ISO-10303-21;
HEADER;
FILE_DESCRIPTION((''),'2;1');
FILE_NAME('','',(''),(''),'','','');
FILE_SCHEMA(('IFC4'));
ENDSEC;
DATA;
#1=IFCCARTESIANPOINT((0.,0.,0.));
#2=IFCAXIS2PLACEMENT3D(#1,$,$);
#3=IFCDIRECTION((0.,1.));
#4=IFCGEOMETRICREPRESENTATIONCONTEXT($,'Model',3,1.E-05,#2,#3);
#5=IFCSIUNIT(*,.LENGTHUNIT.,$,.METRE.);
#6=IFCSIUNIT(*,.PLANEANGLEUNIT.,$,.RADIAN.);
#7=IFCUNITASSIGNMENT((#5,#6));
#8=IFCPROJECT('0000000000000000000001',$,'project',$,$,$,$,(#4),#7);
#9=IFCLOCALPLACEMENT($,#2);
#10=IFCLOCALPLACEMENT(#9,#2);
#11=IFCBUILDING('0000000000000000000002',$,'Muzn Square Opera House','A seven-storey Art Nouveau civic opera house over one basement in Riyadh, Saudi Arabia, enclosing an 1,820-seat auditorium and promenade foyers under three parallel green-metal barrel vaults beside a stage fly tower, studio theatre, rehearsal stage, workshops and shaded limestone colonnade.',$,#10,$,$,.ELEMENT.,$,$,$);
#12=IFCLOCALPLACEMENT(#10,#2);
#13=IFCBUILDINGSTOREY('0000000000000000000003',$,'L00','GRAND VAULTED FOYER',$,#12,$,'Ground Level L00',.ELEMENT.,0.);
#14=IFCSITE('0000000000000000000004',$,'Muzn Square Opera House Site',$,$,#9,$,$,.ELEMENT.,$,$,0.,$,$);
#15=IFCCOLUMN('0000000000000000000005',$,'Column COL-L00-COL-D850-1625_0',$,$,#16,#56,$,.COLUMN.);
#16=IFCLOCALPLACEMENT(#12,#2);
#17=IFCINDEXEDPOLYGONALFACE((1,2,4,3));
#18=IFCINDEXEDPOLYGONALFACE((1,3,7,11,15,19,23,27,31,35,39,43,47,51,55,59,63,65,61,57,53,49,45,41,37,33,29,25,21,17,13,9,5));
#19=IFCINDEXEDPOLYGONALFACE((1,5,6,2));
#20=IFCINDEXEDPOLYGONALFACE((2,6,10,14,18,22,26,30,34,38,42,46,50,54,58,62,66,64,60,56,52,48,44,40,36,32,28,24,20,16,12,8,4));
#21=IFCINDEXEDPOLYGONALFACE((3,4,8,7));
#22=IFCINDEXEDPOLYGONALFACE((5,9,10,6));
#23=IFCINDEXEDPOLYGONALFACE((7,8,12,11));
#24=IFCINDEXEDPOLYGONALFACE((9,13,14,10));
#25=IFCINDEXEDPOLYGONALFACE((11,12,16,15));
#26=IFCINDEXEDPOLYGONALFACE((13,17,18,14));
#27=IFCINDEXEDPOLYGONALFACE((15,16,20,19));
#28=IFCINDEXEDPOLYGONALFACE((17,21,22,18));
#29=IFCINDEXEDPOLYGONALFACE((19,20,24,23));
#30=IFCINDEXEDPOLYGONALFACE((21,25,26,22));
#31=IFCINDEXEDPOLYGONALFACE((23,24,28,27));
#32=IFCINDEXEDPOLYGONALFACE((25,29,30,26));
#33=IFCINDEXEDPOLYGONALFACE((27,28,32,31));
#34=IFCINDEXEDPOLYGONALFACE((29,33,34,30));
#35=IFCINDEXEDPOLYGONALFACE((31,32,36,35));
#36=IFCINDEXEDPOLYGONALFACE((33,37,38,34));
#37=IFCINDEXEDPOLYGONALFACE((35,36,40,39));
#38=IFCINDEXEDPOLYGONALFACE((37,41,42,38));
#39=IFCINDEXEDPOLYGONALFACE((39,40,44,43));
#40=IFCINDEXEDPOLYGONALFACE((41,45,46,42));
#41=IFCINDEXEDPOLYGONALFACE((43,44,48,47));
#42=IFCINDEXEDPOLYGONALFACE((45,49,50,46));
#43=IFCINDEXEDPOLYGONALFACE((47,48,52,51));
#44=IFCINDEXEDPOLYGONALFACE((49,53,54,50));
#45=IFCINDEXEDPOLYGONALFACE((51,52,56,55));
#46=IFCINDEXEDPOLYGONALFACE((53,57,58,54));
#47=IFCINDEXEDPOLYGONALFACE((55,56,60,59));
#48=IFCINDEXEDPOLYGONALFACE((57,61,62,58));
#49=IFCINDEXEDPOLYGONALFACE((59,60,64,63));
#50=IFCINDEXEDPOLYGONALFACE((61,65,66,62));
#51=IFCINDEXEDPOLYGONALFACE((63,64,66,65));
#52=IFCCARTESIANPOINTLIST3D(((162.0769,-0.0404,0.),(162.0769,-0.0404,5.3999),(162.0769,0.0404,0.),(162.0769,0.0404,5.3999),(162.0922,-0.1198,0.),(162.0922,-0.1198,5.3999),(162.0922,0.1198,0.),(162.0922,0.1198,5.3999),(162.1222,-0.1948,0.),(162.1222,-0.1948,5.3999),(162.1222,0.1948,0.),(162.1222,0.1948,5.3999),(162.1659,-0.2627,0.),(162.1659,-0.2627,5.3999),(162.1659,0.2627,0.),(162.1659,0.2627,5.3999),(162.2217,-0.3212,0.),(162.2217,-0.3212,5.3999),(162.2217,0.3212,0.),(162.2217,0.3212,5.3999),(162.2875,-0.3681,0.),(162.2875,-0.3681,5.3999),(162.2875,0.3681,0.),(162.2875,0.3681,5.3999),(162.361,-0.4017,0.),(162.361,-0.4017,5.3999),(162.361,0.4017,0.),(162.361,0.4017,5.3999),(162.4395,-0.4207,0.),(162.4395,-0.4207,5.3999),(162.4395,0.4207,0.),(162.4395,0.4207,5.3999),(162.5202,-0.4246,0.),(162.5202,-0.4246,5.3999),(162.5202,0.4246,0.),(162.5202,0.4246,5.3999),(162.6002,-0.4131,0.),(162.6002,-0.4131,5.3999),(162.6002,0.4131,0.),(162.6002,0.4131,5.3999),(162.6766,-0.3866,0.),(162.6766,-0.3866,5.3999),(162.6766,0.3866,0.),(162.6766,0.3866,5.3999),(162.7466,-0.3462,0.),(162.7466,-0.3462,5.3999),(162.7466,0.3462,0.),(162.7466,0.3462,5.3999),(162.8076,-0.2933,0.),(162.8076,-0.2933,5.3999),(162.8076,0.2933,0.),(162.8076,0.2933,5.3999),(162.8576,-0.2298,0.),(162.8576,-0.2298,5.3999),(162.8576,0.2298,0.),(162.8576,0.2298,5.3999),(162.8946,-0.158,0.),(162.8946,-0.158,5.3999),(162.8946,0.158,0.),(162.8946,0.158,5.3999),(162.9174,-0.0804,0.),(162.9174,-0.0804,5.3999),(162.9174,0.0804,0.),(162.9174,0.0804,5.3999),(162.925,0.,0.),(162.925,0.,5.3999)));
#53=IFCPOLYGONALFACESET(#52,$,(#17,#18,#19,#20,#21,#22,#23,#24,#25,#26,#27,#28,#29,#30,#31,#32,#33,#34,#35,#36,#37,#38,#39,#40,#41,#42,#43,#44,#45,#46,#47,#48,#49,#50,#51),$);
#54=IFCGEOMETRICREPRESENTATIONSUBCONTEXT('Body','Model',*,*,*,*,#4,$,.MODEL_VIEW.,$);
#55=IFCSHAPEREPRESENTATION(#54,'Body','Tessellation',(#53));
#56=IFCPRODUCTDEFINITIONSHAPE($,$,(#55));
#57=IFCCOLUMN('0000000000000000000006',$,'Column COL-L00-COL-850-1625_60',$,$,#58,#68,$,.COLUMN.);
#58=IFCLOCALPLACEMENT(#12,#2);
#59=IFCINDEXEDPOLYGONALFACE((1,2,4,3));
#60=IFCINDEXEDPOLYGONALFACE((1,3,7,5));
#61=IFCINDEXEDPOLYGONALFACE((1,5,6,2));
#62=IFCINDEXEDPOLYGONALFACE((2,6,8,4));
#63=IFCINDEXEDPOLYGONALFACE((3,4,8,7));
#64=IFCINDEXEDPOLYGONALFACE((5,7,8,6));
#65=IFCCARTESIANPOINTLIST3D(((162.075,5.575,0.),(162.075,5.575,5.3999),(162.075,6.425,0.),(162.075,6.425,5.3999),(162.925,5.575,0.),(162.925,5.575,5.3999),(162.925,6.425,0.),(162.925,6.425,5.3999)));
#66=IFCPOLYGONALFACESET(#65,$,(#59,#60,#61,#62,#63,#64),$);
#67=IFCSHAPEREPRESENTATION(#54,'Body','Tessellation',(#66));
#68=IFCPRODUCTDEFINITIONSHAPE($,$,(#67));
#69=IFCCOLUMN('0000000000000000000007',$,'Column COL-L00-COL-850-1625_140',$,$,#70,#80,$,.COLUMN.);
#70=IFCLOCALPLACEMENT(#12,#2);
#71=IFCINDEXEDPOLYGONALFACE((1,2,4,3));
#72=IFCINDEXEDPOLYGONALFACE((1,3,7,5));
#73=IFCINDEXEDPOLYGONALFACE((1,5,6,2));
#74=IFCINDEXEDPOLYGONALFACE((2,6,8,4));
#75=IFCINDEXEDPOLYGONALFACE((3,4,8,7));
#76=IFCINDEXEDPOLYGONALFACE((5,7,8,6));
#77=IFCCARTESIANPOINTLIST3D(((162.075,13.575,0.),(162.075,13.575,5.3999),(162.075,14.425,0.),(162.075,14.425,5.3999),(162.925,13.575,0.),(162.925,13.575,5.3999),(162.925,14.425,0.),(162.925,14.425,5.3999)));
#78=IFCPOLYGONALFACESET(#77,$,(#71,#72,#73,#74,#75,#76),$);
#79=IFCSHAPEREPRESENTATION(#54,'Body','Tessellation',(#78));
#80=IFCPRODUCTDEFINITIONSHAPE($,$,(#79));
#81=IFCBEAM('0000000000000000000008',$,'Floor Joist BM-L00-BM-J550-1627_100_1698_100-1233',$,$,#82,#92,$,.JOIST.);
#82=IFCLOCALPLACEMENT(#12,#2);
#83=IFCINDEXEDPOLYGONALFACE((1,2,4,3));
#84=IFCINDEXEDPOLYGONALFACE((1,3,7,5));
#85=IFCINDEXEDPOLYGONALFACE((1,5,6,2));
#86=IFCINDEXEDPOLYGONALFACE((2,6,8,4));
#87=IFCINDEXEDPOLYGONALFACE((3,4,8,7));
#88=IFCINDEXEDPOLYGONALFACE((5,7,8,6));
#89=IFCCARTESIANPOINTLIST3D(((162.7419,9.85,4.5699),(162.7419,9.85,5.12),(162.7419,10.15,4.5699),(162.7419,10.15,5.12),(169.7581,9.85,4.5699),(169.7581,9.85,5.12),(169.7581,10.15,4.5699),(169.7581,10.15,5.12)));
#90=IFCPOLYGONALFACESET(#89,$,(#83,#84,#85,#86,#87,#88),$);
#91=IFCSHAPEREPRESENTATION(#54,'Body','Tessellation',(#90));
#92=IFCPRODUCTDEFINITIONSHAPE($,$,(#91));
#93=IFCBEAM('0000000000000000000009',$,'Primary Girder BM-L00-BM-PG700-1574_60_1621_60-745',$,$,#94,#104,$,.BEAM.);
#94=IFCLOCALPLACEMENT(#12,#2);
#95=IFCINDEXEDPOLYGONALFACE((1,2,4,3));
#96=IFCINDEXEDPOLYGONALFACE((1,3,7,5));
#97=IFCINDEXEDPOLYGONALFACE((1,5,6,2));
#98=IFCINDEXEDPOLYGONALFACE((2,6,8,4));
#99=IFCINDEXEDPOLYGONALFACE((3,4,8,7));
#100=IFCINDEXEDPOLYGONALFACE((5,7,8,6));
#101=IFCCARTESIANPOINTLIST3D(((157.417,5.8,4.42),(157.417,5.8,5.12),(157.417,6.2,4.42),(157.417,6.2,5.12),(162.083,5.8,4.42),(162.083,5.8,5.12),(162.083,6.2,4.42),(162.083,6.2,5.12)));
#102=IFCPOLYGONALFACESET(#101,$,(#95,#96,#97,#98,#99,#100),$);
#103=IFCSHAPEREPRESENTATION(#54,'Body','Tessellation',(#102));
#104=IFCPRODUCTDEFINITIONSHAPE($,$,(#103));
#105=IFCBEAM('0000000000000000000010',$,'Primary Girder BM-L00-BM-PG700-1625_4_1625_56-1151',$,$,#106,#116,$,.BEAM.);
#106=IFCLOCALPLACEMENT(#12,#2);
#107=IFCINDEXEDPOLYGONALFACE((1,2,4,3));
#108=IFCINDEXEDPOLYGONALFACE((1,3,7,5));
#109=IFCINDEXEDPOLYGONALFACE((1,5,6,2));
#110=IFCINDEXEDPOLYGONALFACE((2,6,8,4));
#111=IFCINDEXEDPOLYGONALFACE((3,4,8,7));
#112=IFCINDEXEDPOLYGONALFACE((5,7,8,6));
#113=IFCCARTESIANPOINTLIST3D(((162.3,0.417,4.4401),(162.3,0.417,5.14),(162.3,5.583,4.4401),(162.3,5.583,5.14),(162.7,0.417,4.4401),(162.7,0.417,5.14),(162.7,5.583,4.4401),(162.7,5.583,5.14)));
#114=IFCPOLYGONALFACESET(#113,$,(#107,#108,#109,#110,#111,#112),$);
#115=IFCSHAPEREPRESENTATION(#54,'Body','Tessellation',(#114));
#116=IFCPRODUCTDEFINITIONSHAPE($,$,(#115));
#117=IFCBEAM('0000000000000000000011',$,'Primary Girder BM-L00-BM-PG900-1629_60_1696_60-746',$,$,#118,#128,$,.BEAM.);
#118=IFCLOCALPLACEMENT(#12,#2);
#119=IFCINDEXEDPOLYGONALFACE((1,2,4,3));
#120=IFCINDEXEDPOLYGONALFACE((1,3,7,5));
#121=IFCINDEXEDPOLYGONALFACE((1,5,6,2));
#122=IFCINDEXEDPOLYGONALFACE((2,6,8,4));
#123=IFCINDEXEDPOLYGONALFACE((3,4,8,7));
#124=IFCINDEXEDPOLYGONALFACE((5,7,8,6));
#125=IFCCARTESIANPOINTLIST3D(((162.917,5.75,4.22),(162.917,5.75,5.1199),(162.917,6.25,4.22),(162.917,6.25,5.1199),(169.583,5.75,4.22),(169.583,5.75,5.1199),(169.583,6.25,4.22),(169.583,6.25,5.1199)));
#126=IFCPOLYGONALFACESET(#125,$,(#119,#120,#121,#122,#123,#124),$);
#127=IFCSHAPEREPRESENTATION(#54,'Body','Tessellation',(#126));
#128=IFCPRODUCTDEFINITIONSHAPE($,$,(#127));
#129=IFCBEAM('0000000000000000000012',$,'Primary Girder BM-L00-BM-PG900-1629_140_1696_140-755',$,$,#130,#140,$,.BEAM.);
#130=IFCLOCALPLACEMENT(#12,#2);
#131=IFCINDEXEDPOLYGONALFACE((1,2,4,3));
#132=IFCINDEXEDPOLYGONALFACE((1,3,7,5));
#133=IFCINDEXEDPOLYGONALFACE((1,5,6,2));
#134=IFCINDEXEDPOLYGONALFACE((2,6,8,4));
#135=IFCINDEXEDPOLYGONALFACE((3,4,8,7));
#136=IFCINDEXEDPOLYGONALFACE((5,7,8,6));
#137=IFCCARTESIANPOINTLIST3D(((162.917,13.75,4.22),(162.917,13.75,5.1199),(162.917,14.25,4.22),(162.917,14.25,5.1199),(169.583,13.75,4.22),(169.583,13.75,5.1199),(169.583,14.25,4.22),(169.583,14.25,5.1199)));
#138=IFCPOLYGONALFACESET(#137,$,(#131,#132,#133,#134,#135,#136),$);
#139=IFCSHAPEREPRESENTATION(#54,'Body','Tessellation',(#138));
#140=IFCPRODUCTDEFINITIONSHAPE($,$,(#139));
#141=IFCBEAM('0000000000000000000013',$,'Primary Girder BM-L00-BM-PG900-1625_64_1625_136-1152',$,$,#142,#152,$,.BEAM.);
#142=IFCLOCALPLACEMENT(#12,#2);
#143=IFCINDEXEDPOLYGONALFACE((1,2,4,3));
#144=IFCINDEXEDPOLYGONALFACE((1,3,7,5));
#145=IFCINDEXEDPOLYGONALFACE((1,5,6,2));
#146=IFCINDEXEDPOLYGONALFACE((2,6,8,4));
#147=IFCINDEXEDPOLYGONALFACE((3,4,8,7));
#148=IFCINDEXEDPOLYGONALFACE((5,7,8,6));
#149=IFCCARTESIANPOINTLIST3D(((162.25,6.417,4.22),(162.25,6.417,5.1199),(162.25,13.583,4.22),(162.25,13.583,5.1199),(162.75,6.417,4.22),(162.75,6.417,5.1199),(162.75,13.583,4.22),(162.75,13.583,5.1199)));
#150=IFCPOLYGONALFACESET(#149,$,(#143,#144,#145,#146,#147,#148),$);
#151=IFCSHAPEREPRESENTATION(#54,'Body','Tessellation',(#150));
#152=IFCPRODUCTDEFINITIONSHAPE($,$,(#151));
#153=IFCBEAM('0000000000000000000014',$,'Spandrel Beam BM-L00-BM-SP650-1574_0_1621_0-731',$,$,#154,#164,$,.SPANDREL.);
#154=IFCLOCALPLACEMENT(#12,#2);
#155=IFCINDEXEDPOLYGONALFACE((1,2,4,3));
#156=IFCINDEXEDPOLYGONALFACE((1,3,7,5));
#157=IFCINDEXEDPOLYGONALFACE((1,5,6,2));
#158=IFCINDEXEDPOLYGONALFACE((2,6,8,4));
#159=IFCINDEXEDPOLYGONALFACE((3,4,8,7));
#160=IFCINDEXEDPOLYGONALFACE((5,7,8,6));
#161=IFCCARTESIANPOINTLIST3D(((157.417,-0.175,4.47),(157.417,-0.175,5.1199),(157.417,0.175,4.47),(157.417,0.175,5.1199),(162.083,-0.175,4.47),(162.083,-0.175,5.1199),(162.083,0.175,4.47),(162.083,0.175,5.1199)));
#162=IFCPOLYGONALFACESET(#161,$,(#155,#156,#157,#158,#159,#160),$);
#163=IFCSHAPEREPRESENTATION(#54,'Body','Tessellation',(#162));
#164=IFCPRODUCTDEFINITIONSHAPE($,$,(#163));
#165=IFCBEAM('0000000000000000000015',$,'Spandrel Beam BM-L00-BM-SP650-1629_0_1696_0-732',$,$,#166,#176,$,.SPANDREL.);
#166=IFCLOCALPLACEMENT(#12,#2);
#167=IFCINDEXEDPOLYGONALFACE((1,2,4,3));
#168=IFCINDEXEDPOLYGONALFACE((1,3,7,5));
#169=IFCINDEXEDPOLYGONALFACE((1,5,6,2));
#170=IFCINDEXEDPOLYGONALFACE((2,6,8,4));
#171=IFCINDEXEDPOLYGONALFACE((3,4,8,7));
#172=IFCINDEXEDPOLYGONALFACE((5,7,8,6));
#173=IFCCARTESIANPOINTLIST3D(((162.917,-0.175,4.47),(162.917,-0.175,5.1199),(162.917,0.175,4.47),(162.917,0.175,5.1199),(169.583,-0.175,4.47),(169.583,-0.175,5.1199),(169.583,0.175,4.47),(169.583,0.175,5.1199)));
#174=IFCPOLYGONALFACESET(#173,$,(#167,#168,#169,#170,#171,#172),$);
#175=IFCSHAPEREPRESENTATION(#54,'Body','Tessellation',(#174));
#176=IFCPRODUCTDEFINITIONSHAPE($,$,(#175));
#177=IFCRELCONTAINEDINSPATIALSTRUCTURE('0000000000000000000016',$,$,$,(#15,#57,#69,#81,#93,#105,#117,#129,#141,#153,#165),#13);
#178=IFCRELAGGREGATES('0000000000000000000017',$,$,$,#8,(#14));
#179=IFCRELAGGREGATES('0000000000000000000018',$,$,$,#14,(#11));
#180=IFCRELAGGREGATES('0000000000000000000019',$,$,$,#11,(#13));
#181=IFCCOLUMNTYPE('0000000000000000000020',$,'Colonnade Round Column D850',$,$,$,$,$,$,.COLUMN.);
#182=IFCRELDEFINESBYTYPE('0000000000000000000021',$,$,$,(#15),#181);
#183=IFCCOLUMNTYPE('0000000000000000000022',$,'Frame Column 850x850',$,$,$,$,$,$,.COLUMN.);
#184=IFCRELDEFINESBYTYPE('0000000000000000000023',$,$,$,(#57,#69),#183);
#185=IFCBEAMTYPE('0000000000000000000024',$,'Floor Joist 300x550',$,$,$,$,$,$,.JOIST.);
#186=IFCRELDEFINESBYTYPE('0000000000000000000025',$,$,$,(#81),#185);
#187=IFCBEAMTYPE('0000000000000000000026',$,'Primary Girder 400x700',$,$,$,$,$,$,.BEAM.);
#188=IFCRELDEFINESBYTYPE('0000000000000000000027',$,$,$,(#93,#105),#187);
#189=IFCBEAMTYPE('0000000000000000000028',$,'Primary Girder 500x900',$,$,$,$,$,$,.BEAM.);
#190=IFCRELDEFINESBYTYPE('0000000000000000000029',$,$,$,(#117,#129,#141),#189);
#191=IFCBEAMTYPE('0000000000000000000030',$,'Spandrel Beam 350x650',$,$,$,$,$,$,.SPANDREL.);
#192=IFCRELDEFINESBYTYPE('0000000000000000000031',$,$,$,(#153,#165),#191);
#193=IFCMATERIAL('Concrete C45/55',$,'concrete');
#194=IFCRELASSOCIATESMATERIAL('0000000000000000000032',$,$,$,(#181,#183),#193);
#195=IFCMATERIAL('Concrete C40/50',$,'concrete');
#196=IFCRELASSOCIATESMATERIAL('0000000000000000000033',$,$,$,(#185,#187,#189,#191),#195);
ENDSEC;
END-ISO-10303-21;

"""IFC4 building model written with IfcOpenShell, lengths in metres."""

from ifc_helpers import new_model, si_unit, direction, frame, origin, origin_2d, place, context, subcontext, project, spatial, rectangle, circle, extrude, material, material_profile, profile_set, type_object, element, save


model = new_model("IFC4")

# Units and contexts
model_context = context("Model", 3, precision=1e-05, world=origin(), true_north=direction((0.0, 1.0)))
body_context = subcontext(model_context, "Body", "Model", "MODEL_VIEW")
ifc_project = project(units=[si_unit("LENGTHUNIT", "METRE"), si_unit("PLANEANGLEUNIT", "RADIAN")], contexts=[model_context])

# Site, building, storey
site_placement = place(None, origin())
site = spatial("IfcSite", under=ifc_project, at=site_placement, Name="Muzn Square Opera House Site", CompositionType="ELEMENT", RefElevation=0.0)
building_placement = place(site_placement, origin())
building = spatial("IfcBuilding", under=site, at=building_placement, Name="Muzn Square Opera House", Description="A seven-storey Art Nouveau civic opera house over one basement in Riyadh, Saudi Arabia, enclosing an 1,820-seat auditorium and promenade foyers under three parallel green-metal barrel vaults beside a stage fly tower, studio theatre, rehearsal stage, workshops and shaded limestone colonnade.", CompositionType="ELEMENT")
storey_placement = place(building_placement, origin())
storey = spatial("IfcBuildingStorey", under=building, at=storey_placement, Name="L00", Description="GRAND VAULTED FOYER", LongName="Ground Level L00", CompositionType="ELEMENT", Elevation=0.0)

# Columns
ifc_material_1 = material(Name="Concrete C45/55", Category="concrete")
ifc_material_profile_1 = material_profile(ifc_material_1, circle(Radius=0.425, at=origin_2d()), Name="RCC D850", Category="concrete")
ifc_profile_set_1 = profile_set([ifc_material_profile_1], Name="Concrete C45/55")
column_type_1 = type_object("IfcColumnType", Name="Colonnade Round Column D850", PredefinedType="COLUMN", material=ifc_profile_set_1)
column_placement = place(storey_placement, frame((162.5, 0.0, 0.0), z_axis=(0.0, 0.0, 1.0), x_axis=(1.0, 0.0, 0.0)))
element("IfcColumn", 1, at=column_placement, inside=storey, type_object=column_type_1, Name="Column COL-L00-COL-D850-1625_0", PredefinedType="COLUMN", context=body_context, shape_type="SweptSolid", body=[
    extrude(circle(Radius=0.425, at=origin_2d()), origin(), (0.0, 0.0, 1.0), 5.3999),
])
ifc_material_profile_2 = material_profile(ifc_material_1, rectangle(XDim=0.8501, YDim=0.8501, at=origin_2d()), Name="RC 850x850", Category="concrete")
ifc_profile_set_2 = profile_set([ifc_material_profile_2], Name="Concrete C45/55")
column_type_2 = type_object("IfcColumnType", Name="Frame Column 850x850", PredefinedType="COLUMN", material=ifc_profile_set_2)
for number, where, z_axis, x_axis, name in (
    (2, (162.5, 6.0, 0.0), (0.0, 0.0, 1.0), (1.0, 0.0, 0.0), "Column COL-L00-COL-850-1625_60"),
    (3, (162.5, 14.0, 0.0), (0.0, 0.0, 1.0), (1.0, 0.0, 0.0), "Column COL-L00-COL-850-1625_140"),
):
    element("IfcColumn", number, at=place(storey_placement, frame(where, z_axis=z_axis, x_axis=x_axis)), inside=storey, type_object=column_type_2, Name=name, PredefinedType="COLUMN", context=body_context, shape_type="SweptSolid", body=[
        extrude(rectangle(XDim=0.8501, YDim=0.8501, at=origin_2d()), origin(), (0.0, 0.0, 1.0), 5.3999),
    ])

# Beams
ifc_material_2 = material(Name="Concrete C40/50", Category="concrete")
ifc_material_profile_3 = material_profile(ifc_material_2, rectangle(XDim=0.3, YDim=0.55, at=origin_2d()), Name="RCJ 300x550", Category="concrete")
ifc_profile_set_3 = profile_set([ifc_material_profile_3], Name="Concrete C40/50")
beam_type_1 = type_object("IfcBeamType", Name="Floor Joist 300x550", PredefinedType="JOIST", material=ifc_profile_set_3)
beam_1_placement = place(storey_placement, frame((162.7419, 10.0, 4.845), z_axis=(1.0, 0.0, 0.0), x_axis=(0.0, 1.0, 0.0)))
element("IfcBeam", 4, at=beam_1_placement, inside=storey, type_object=beam_type_1, Name="Floor Joist BM-L00-BM-J550-1627_100_1698_100-1233", PredefinedType="JOIST", context=body_context, shape_type="SweptSolid", body=[
    extrude(rectangle(XDim=0.3, YDim=0.55, at=origin_2d()), origin(), (0.0, 0.0, 1.0), 7.0161),
])
ifc_material_profile_4 = material_profile(ifc_material_2, rectangle(XDim=0.3999, YDim=0.7, at=origin_2d()), Name="RCB 400x700", Category="concrete")
ifc_profile_set_4 = profile_set([ifc_material_profile_4], Name="Concrete C40/50")
beam_type_2 = type_object("IfcBeamType", Name="Primary Girder 400x700", PredefinedType="BEAM", material=ifc_profile_set_4)
beam_2_placement = place(storey_placement, frame((157.417, 6.0, 4.77), z_axis=(1.0, 0.0, 0.0), x_axis=(0.0, 1.0, 0.0)))
element("IfcBeam", 5, at=beam_2_placement, inside=storey, type_object=beam_type_2, Name="Primary Girder BM-L00-BM-PG700-1574_60_1621_60-745", PredefinedType="BEAM", context=body_context, shape_type="SweptSolid", body=[
    extrude(rectangle(XDim=0.3999, YDim=0.7, at=origin_2d()), origin(), (0.0, 0.0, 1.0), 4.666),
])
beam_3_placement = place(storey_placement, frame((162.5, 0.417, 4.79), z_axis=(0.0, 1.0, 0.0), x_axis=(-1.0, 0.0, 0.0)))
element("IfcBeam", 6, at=beam_3_placement, inside=storey, type_object=beam_type_2, Name="Primary Girder BM-L00-BM-PG700-1625_4_1625_56-1151", PredefinedType="BEAM", context=body_context, shape_type="SweptSolid", body=[
    extrude(rectangle(XDim=0.3999, YDim=0.7, at=origin_2d()), origin(), (0.0, 0.0, 1.0), 5.166),
])
ifc_material_profile_5 = material_profile(ifc_material_2, rectangle(XDim=0.5, YDim=0.8999, at=origin_2d()), Name="RCB 500x900", Category="concrete")
ifc_profile_set_5 = profile_set([ifc_material_profile_5], Name="Concrete C40/50")
beam_type_3 = type_object("IfcBeamType", Name="Primary Girder 500x900", PredefinedType="BEAM", material=ifc_profile_set_5)
for number, where, z_axis, x_axis, name in (
    (7, (162.917, 6.0, 4.6699), (1.0, 0.0, 0.0), (0.0, 1.0, 0.0), "Primary Girder BM-L00-BM-PG900-1629_60_1696_60-746"),
    (8, (162.917, 14.0, 4.6699), (1.0, 0.0, 0.0), (0.0, 1.0, 0.0), "Primary Girder BM-L00-BM-PG900-1629_140_1696_140-755"),
):
    element("IfcBeam", number, at=place(storey_placement, frame(where, z_axis=z_axis, x_axis=x_axis)), inside=storey, type_object=beam_type_3, Name=name, PredefinedType="BEAM", context=body_context, shape_type="SweptSolid", body=[
        extrude(rectangle(XDim=0.5, YDim=0.8999, at=origin_2d()), origin(), (0.0, 0.0, 1.0), 6.666),
    ])
beam_4_placement = place(storey_placement, frame((162.5, 6.417, 4.6699), z_axis=(0.0, 1.0, 0.0), x_axis=(-1.0, 0.0, 0.0)))
element("IfcBeam", 9, at=beam_4_placement, inside=storey, type_object=beam_type_3, Name="Primary Girder BM-L00-BM-PG900-1625_64_1625_136-1152", PredefinedType="BEAM", context=body_context, shape_type="SweptSolid", body=[
    extrude(rectangle(XDim=0.5, YDim=0.8999, at=origin_2d()), origin(), (0.0, 0.0, 1.0), 7.166),
])
ifc_material_profile_6 = material_profile(ifc_material_2, rectangle(XDim=0.3501, YDim=0.6499, at=origin_2d()), Name="RCS 350x650", Category="concrete")
ifc_profile_set_6 = profile_set([ifc_material_profile_6], Name="Concrete C40/50")
beam_type_4 = type_object("IfcBeamType", Name="Spandrel Beam 350x650", PredefinedType="SPANDREL", material=ifc_profile_set_6)
beam_5_placement = place(storey_placement, frame((157.417, 0.0, 4.7949), z_axis=(1.0, 0.0, 0.0), x_axis=(0.0, 1.0, 0.0)))
element("IfcBeam", 10, at=beam_5_placement, inside=storey, type_object=beam_type_4, Name="Spandrel Beam BM-L00-BM-SP650-1574_0_1621_0-731", PredefinedType="SPANDREL", context=body_context, shape_type="SweptSolid", body=[
    extrude(rectangle(XDim=0.3501, YDim=0.6499, at=origin_2d()), origin(), (0.0, 0.0, 1.0), 4.666),
])
beam_6_placement = place(storey_placement, frame((162.917, 0.0, 4.7949), z_axis=(1.0, 0.0, 0.0), x_axis=(0.0, 1.0, 0.0)))
element("IfcBeam", 11, at=beam_6_placement, inside=storey, type_object=beam_type_4, Name="Spandrel Beam BM-L00-BM-SP650-1629_0_1696_0-732", PredefinedType="SPANDREL", context=body_context, shape_type="SweptSolid", body=[
    extrude(rectangle(XDim=0.3501, YDim=0.6499, at=origin_2d()), origin(), (0.0, 0.0, 1.0), 6.666),
])

save(model, "model.ifc")
